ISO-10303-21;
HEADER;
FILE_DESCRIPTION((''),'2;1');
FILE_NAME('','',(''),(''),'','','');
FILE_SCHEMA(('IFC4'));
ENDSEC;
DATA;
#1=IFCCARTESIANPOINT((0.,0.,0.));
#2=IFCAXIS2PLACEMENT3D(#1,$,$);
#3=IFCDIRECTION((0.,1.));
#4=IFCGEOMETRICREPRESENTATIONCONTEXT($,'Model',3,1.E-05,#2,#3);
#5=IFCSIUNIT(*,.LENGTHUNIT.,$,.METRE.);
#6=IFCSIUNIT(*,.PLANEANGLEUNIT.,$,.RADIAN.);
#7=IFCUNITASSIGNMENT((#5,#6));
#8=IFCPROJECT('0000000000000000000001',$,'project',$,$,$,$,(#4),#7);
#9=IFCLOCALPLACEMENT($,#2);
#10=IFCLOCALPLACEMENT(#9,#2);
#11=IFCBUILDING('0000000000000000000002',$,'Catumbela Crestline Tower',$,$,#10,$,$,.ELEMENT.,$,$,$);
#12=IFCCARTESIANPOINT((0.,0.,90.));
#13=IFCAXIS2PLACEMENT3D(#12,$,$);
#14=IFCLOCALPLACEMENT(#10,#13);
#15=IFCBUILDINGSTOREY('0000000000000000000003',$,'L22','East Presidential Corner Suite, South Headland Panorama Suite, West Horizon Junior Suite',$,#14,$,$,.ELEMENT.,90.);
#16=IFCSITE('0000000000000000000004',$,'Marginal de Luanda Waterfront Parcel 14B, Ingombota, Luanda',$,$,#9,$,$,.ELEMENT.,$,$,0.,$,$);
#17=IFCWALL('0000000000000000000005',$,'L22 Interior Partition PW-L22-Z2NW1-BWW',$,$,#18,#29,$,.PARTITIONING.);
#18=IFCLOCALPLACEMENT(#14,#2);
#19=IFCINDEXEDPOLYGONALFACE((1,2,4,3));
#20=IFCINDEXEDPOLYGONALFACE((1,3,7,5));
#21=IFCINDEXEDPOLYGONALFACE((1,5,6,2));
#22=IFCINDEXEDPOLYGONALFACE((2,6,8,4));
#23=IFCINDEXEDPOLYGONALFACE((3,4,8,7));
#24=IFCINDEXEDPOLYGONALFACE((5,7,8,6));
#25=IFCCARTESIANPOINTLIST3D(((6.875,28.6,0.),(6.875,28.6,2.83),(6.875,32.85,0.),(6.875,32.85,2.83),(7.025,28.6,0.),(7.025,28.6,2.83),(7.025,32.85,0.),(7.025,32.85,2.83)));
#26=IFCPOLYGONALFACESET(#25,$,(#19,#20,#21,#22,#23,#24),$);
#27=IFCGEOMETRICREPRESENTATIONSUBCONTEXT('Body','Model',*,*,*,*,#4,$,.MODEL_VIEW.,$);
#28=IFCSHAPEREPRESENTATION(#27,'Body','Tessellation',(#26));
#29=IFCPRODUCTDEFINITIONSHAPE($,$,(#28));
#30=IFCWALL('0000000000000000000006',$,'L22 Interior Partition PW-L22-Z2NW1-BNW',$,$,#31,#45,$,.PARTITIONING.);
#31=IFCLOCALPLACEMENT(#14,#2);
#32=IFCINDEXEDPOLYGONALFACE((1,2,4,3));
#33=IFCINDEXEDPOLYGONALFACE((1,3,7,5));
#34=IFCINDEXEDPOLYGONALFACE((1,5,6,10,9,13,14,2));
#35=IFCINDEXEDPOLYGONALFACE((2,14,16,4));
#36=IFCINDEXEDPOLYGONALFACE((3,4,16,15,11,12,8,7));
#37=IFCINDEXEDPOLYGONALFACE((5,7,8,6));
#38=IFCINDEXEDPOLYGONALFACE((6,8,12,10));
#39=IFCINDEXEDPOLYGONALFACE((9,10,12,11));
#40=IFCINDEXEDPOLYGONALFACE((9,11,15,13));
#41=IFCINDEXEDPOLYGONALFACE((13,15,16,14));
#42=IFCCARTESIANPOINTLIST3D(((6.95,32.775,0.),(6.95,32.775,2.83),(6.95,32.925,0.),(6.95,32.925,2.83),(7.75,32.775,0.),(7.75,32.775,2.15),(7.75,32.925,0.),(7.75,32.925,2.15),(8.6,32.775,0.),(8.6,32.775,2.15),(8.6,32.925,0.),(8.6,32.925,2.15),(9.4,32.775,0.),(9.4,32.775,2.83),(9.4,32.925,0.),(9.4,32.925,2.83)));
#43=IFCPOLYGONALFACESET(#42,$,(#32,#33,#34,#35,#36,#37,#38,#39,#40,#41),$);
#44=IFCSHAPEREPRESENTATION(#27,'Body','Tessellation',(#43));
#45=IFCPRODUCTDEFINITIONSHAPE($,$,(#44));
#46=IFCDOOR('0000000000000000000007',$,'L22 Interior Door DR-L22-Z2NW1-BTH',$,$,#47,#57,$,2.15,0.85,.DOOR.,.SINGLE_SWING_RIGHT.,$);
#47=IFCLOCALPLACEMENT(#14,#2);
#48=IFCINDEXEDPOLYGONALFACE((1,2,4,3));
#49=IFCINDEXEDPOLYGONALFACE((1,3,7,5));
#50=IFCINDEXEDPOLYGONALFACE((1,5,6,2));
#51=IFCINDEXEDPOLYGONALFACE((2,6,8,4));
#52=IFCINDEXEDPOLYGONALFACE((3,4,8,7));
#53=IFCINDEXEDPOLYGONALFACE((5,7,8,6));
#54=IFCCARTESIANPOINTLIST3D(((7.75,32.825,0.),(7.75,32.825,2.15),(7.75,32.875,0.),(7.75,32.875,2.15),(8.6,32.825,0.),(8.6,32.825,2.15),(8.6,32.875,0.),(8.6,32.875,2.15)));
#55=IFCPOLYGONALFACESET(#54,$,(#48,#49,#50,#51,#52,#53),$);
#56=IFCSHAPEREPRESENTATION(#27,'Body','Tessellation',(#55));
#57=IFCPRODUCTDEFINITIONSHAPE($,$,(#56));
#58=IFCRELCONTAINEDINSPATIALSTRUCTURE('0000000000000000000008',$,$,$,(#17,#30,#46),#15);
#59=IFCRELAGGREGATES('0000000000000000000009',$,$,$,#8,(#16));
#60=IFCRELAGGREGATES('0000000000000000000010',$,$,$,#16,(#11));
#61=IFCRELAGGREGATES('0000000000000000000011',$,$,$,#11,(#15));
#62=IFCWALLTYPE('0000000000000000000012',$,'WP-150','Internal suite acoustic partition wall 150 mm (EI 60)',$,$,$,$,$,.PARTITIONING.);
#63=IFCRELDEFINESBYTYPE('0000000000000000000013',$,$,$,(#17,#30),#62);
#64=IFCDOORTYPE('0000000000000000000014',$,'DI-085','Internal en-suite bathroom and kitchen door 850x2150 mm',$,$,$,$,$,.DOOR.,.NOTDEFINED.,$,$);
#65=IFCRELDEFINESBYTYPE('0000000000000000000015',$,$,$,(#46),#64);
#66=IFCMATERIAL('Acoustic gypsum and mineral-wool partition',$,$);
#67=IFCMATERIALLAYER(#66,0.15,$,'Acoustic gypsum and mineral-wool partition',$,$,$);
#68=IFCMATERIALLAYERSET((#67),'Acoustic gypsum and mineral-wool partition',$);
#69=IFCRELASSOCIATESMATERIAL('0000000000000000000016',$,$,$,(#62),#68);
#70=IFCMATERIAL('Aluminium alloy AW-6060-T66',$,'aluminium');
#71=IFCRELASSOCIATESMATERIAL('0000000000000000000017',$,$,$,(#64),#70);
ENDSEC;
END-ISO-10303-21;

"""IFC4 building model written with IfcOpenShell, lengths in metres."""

from ifc_helpers import new_model, si_unit, direction, frame, frame_2d, origin, place, context, subcontext, project, spatial, rectangle, extrude, material, layer, layer_set, type_object, element, fill, save


model = new_model("IFC4")

# Units and contexts
model_context = context("Model", 3, precision=1e-05, world=origin(), true_north=direction((0.0, 1.0)))
body_context = subcontext(model_context, "Body", "Model", "MODEL_VIEW")
ifc_project = project(units=[si_unit("LENGTHUNIT", "METRE"), si_unit("PLANEANGLEUNIT", "RADIAN")], contexts=[model_context])

# Site, building, storey
site_placement = place(None, origin())
site = spatial("IfcSite", under=ifc_project, at=site_placement, Name="Marginal de Luanda Waterfront Parcel 14B, Ingombota, Luanda", CompositionType="ELEMENT", RefElevation=0.0)
building_placement = place(site_placement, origin())
building = spatial("IfcBuilding", under=site, at=building_placement, Name="Catumbela Crestline Tower", CompositionType="ELEMENT")
storey_placement = place(building_placement, frame((0.0, 0.0, 90.0)))
storey = spatial("IfcBuildingStorey", under=building, at=storey_placement, Name="L22", Description="East Presidential Corner Suite, South Headland Panorama Suite, West Horizon Junior Suite", CompositionType="ELEMENT", Elevation=90.0)

# Wall
ifc_material_1 = material(Name="Acoustic gypsum and mineral-wool partition")
ifc_layer = layer(ifc_material_1, 0.15, Name="Acoustic gypsum and mineral-wool partition")
ifc_layer_set = layer_set([ifc_layer], Name="Acoustic gypsum and mineral-wool partition")
wall_type = type_object("IfcWallType", Name="WP-150", Description="Internal suite acoustic partition wall 150 mm (EI 60)", PredefinedType="PARTITIONING", material=ifc_layer_set)
wall_1_placement = place(storey_placement, frame((6.95, 28.6, 0.0), z_axis=(0.0, 0.0, 1.0), x_axis=(0.0, 1.0, 0.0)))
element("IfcWall", 1, at=wall_1_placement, inside=storey, type_object=wall_type, Name="L22 Interior Partition PW-L22-Z2NW1-BWW", PredefinedType="PARTITIONING", context=body_context, shape_type="SweptSolid", body=[
    extrude(rectangle(XDim=4.25, YDim=0.15, at=frame_2d((2.125, 0.0))), origin(), (0.0, 0.0, 1.0), 2.83),
])

# Wall, opening, door
wall_2_placement = place(storey_placement, frame((6.95, 32.85, 0.0), z_axis=(0.0, 0.0, 1.0), x_axis=(1.0, 0.0, 0.0)))
wall_2 = element("IfcWall", 2, at=wall_2_placement, inside=storey, type_object=wall_type, Name="L22 Interior Partition PW-L22-Z2NW1-BNW", PredefinedType="PARTITIONING", context=body_context, shape_type="SweptSolid", body=[
    extrude(rectangle(XDim=2.45, YDim=0.15, at=frame_2d((1.225, 0.0))), origin(), (0.0, 0.0, 1.0), 2.83),
])
opening_placement = place(wall_2_placement, frame((0.8, 0.0, 0.0)))
opening = element("IfcOpeningElement", 3, at=opening_placement, cuts=wall_2, PredefinedType="OPENING", context=body_context, shape_type="SweptSolid", body=[
    extrude(rectangle(XDim=0.85, YDim=2.15, at=frame_2d((0.425, 1.075))), frame((0.0, 0.085, 0.0), z_axis=(0.0, -1.0, 0.0), x_axis=(1.0, 0.0, 0.0)), (0.0, 0.0, 1.0), 0.17),
])
ifc_material_2 = material(Name="Aluminium alloy AW-6060-T66", Category="aluminium")
door_type = type_object("IfcDoorType", Name="DI-085", Description="Internal en-suite bathroom and kitchen door 850x2150 mm", OperationType="NOTDEFINED", PredefinedType="DOOR", material=ifc_material_2)
door_placement = place(opening_placement, origin())
door = element("IfcDoor", 4, at=door_placement, inside=storey, type_object=door_type, Name="L22 Interior Door DR-L22-Z2NW1-BTH", OperationType="SINGLE_SWING_RIGHT", OverallHeight=2.15, OverallWidth=0.85, PredefinedType="DOOR", context=body_context, shape_type="SweptSolid", body=[
    extrude(rectangle(XDim=0.85, YDim=2.15, at=frame_2d((0.425, 1.075))), frame((0.0, 0.025, 0.0), z_axis=(0.0, -1.0, 0.0), x_axis=(1.0, 0.0, 0.0)), (0.0, 0.0, 1.0), 0.05),
])
fill(opening, door)

save(model, "model.ifc")
